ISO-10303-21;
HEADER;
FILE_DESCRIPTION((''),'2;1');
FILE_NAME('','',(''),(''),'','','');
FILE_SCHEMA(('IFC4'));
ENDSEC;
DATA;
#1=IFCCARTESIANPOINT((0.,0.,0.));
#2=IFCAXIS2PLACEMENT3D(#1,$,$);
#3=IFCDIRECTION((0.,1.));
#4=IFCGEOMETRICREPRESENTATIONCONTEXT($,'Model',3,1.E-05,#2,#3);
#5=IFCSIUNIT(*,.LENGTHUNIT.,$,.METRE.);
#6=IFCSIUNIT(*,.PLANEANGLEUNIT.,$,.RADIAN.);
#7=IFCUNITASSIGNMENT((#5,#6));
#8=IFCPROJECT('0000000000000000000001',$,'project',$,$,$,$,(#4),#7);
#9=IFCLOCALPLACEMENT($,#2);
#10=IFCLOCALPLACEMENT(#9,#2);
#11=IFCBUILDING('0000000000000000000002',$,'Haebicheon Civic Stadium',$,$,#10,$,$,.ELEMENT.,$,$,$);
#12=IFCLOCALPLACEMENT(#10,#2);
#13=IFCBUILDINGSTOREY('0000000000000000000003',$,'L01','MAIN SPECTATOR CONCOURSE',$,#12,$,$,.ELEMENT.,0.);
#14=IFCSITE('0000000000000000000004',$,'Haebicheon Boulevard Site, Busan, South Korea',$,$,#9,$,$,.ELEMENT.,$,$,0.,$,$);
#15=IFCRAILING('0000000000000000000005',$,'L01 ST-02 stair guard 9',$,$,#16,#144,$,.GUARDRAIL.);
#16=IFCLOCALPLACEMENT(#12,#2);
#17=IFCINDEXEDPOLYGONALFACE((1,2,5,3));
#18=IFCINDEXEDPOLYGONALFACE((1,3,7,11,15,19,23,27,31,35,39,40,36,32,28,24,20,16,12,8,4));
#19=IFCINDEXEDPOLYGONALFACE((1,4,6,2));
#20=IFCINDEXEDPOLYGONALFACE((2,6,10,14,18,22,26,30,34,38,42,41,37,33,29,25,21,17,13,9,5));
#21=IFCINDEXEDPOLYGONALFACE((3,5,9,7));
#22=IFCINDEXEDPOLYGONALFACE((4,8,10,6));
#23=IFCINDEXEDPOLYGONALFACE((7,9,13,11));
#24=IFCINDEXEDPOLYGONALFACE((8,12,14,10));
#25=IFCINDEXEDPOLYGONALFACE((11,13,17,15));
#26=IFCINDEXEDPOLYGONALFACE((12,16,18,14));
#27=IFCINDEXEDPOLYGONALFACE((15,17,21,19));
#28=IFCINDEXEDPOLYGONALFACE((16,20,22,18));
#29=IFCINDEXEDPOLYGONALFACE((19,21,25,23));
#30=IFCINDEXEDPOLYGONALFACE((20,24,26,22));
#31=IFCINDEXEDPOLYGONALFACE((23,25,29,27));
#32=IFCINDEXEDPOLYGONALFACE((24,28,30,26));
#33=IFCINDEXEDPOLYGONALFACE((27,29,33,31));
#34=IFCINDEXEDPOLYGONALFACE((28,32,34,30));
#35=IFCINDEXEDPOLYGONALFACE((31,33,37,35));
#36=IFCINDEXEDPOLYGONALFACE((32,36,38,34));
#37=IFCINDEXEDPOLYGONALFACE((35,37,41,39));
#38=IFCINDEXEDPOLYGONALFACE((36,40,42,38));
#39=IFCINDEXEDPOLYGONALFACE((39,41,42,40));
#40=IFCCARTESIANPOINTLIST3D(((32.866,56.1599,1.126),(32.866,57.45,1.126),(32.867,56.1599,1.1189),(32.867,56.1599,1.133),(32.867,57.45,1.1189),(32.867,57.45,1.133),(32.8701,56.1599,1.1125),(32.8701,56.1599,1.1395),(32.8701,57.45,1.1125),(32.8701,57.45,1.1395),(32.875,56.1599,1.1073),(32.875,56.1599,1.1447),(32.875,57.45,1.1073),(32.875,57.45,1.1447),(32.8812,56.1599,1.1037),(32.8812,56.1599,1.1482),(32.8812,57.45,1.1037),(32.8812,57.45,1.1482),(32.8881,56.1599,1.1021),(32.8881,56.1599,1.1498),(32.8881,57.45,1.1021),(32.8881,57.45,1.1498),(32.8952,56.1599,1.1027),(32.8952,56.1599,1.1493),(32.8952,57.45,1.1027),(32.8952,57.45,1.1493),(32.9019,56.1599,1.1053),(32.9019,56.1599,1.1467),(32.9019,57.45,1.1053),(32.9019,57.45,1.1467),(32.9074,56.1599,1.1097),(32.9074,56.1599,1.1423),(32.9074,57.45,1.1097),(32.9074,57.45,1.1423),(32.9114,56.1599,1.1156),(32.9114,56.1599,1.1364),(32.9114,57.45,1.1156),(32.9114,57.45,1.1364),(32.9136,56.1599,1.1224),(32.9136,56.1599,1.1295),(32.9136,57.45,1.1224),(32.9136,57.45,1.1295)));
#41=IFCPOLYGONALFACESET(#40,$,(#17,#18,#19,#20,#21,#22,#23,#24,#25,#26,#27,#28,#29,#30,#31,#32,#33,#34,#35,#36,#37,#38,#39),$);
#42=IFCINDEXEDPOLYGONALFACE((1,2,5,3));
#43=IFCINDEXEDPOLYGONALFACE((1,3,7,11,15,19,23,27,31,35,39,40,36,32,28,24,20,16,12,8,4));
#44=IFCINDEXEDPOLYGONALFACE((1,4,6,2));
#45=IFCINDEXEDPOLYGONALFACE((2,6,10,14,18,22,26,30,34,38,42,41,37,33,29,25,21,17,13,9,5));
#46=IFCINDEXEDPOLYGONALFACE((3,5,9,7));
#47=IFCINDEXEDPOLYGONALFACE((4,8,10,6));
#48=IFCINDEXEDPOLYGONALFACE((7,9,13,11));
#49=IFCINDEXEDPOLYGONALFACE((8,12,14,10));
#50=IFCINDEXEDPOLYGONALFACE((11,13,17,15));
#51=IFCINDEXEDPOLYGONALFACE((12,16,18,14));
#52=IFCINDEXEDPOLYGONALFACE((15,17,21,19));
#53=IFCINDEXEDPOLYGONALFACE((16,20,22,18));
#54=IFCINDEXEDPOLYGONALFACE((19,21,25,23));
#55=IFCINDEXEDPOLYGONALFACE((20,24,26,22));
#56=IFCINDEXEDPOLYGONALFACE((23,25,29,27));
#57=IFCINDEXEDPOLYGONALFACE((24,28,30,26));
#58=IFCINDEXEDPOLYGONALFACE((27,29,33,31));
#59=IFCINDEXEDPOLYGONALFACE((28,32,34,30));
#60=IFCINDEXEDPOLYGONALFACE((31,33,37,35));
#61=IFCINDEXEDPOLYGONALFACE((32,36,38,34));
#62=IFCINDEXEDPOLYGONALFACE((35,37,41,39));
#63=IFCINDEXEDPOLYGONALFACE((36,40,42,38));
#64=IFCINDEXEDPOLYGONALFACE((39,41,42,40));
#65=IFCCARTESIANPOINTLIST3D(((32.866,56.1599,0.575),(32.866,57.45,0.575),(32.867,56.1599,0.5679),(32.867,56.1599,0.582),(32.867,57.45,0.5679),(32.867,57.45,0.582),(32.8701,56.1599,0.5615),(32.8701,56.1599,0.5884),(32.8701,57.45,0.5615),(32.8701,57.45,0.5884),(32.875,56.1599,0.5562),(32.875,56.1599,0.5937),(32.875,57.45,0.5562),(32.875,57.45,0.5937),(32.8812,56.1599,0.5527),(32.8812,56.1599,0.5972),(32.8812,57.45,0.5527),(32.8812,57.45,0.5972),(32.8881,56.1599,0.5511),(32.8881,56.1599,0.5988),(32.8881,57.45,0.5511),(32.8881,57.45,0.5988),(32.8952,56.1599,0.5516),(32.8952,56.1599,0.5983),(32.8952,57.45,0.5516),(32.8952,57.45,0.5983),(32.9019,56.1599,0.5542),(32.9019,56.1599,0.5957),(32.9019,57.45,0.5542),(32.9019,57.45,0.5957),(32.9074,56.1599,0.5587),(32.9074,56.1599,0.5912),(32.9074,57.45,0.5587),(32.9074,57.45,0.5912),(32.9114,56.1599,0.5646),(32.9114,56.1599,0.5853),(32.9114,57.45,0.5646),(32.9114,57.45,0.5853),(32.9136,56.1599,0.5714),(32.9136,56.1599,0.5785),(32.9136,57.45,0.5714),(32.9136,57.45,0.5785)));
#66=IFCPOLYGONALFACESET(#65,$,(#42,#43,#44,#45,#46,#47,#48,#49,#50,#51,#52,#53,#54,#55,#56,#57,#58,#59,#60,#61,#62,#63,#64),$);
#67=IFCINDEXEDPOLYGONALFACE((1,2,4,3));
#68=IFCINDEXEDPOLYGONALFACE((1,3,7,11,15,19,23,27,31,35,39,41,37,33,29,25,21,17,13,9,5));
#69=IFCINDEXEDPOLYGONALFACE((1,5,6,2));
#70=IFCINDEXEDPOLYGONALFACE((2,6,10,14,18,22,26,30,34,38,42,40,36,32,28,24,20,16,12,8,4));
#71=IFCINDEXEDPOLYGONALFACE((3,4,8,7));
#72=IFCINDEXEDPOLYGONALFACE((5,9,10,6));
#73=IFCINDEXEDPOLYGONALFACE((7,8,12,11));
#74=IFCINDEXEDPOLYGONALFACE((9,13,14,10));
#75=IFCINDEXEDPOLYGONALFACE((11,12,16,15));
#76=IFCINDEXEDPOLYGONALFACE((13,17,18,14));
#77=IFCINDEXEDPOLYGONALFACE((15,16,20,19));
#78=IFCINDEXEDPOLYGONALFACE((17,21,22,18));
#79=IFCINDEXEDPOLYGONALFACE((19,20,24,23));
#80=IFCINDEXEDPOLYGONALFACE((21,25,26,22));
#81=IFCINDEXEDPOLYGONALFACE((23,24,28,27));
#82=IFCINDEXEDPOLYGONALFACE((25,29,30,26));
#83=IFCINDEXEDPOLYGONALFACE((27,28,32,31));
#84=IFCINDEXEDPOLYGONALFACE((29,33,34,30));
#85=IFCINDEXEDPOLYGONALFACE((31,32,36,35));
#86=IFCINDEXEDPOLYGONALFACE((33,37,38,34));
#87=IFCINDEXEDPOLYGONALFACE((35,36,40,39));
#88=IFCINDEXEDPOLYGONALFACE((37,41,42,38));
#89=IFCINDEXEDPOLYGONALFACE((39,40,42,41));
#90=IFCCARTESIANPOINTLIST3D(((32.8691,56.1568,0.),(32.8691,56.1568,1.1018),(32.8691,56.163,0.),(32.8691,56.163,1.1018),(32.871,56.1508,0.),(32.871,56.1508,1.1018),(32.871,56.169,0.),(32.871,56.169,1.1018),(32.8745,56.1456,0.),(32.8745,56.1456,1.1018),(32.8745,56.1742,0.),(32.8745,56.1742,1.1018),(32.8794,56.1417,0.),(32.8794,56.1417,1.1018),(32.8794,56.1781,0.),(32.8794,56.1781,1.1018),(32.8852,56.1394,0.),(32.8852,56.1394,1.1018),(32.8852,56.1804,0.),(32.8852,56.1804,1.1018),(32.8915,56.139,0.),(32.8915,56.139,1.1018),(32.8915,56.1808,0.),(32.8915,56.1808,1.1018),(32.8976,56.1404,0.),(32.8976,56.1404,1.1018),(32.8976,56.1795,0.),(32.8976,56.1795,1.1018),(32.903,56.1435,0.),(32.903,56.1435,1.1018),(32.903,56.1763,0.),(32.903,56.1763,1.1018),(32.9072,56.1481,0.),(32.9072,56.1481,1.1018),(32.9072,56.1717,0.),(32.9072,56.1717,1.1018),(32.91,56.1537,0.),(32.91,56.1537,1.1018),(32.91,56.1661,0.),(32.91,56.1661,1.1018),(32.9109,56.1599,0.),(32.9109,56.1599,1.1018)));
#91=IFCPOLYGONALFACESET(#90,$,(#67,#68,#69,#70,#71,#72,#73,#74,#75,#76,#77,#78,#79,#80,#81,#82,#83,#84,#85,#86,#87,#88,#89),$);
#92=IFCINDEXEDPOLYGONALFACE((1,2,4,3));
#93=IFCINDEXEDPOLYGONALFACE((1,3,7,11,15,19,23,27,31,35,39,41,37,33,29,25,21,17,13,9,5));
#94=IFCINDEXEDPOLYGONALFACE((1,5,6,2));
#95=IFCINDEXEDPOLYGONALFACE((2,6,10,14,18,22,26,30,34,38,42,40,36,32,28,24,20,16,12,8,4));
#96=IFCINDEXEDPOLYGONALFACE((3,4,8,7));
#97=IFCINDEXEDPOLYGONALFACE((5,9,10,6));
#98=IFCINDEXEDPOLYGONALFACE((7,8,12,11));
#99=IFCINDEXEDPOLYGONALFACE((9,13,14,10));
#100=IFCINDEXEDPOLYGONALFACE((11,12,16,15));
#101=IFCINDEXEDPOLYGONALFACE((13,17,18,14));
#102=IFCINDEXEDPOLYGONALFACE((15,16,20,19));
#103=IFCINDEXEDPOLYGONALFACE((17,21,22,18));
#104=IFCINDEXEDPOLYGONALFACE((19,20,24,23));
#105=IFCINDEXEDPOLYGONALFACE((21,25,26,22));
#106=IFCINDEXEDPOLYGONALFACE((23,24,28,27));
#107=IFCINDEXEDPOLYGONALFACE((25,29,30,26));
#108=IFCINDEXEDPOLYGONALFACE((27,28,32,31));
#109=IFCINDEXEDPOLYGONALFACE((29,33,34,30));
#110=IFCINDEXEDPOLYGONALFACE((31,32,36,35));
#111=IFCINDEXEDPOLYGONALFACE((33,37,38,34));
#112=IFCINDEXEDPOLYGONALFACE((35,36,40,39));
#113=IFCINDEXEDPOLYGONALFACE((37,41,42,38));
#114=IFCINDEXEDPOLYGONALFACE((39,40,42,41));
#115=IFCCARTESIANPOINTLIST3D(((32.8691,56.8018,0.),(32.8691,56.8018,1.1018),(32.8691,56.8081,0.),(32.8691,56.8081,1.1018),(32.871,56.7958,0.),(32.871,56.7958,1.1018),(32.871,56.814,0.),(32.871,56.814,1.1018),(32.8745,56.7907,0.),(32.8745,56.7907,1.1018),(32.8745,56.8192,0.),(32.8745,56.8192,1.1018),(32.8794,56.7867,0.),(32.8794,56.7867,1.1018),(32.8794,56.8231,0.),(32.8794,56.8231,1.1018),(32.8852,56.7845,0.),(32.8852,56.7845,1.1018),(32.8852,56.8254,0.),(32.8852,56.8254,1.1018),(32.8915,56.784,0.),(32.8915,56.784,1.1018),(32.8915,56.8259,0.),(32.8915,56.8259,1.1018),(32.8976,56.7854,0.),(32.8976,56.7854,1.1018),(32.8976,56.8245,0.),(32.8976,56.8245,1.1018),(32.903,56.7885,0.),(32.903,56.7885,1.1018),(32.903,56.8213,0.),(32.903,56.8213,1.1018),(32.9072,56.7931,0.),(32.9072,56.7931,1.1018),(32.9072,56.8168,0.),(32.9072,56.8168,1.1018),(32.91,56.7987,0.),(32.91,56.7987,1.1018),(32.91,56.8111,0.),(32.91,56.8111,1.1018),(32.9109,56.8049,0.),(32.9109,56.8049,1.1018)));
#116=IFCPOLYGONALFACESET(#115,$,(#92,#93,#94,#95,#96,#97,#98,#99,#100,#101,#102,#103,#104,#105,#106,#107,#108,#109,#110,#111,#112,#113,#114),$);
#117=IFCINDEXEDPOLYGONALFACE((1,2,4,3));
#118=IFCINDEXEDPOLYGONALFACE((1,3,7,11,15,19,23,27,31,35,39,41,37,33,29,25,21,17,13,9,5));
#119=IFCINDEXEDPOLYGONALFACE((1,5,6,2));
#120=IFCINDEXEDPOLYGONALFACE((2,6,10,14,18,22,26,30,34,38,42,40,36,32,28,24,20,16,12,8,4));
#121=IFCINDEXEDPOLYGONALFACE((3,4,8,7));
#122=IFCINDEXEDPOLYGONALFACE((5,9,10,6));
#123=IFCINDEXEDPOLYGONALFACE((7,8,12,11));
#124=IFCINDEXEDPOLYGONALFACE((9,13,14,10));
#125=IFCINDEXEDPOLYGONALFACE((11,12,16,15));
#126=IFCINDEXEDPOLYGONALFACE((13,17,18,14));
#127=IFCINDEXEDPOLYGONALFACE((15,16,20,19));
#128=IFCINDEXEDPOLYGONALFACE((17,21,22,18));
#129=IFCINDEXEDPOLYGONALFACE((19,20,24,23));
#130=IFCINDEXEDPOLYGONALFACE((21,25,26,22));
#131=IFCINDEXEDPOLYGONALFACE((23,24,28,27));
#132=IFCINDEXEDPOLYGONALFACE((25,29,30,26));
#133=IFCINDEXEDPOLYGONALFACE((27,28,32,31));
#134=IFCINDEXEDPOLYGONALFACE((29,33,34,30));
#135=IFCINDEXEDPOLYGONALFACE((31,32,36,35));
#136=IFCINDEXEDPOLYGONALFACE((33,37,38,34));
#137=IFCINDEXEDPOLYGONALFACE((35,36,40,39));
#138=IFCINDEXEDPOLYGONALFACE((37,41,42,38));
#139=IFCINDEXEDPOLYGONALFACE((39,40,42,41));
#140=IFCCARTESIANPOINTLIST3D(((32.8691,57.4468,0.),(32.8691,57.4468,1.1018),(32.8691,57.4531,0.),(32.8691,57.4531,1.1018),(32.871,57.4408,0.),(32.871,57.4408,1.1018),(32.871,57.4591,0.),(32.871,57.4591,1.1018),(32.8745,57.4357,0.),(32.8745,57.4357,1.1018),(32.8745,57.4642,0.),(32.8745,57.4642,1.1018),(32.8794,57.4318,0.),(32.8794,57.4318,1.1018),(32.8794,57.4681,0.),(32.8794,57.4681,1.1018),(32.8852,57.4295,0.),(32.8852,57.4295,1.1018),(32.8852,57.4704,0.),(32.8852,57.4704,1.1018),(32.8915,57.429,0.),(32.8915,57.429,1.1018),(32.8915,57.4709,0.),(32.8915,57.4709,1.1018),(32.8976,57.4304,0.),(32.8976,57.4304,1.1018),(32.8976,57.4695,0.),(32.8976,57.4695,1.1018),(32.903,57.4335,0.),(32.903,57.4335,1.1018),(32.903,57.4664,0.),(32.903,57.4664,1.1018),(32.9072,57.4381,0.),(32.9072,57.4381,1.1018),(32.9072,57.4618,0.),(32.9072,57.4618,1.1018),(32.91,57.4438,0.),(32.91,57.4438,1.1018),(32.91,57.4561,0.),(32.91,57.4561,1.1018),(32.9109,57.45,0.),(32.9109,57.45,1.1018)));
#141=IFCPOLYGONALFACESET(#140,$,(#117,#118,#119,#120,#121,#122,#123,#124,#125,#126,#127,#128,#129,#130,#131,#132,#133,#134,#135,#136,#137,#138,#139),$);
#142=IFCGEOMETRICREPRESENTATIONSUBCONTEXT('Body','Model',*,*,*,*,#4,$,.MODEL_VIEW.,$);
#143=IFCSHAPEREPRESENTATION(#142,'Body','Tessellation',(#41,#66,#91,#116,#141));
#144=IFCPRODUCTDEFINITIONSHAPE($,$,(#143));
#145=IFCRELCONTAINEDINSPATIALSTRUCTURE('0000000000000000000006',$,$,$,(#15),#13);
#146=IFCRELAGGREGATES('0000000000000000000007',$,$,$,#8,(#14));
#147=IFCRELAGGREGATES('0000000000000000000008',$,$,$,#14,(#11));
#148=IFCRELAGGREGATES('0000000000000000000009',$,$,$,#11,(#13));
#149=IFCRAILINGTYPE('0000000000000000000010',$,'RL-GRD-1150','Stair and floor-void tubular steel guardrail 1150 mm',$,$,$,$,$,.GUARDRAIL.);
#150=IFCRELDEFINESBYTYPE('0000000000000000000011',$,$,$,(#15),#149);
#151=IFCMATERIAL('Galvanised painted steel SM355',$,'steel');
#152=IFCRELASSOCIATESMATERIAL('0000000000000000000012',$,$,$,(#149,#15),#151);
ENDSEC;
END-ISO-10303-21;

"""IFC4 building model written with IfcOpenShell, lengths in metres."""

from ifc_helpers import new_model, si_unit, direction, frame, origin, origin_2d, place, context, subcontext, project, spatial, circle, extrude, material, type_object, element, save


model = new_model("IFC4")

# Units and contexts
model_context = context("Model", 3, precision=1e-05, world=origin(), true_north=direction((0.0, 1.0)))
body_context = subcontext(model_context, "Body", "Model", "MODEL_VIEW")
ifc_project = project(units=[si_unit("LENGTHUNIT", "METRE"), si_unit("PLANEANGLEUNIT", "RADIAN")], contexts=[model_context])

# Site, building, storey
site_placement = place(None, origin())
site = spatial("IfcSite", under=ifc_project, at=site_placement, Name="Haebicheon Boulevard Site, Busan, South Korea", CompositionType="ELEMENT", RefElevation=0.0)
building_placement = place(site_placement, origin())
building = spatial("IfcBuilding", under=site, at=building_placement, Name="Haebicheon Civic Stadium", CompositionType="ELEMENT")
storey_placement = place(building_placement, origin())
storey = spatial("IfcBuildingStorey", under=building, at=storey_placement, Name="L01", Description="MAIN SPECTATOR CONCOURSE", CompositionType="ELEMENT", Elevation=0.0)

# Railing
ifc_material_1 = material(Name="Galvanised painted steel SM355", Category="steel")
railing_type_1 = type_object("IfcRailingType", Name="RL-GRD-1150", Description="Stair and floor-void tubular steel guardrail 1150 mm", PredefinedType="GUARDRAIL", material=ifc_material_1)
for number, where, name in (
    (1, (32.8899, 56.1599, 0.0), "L01 ST-02 stair guard 9"),
):
    element("IfcRailing", number, at=place(storey_placement, frame(where)), inside=storey, type_object=railing_type_1, material=ifc_material_1, Name=name, PredefinedType="GUARDRAIL", context=body_context, shape_type="SweptSolid", body=[
        extrude(circle(Radius=0.0239, at=origin_2d()), frame((0.0, 0.0, 1.126), z_axis=(0.0, 1.0, 0.0), x_axis=(-1.0, 0.0, 0.0)), (0.0, 0.0, 1.0), 1.29),
        extrude(circle(Radius=0.0239, at=origin_2d()), frame((0.0, 0.0, 0.575), z_axis=(0.0, 1.0, 0.0), x_axis=(-1.0, 0.0, 0.0)), (0.0, 0.0, 1.0), 1.29),
        extrude(circle(Radius=0.021, at=origin_2d()), origin(), (0.0, 0.0, 1.0), 1.1018),
        extrude(circle(Radius=0.021, at=origin_2d()), frame((0.0, 0.645, 0.0)), (0.0, 0.0, 1.0), 1.1018),
        extrude(circle(Radius=0.021, at=origin_2d()), frame((0.0, 1.29, 0.0)), (0.0, 0.0, 1.0), 1.1018),
    ])

save(model, "model.ifc")
